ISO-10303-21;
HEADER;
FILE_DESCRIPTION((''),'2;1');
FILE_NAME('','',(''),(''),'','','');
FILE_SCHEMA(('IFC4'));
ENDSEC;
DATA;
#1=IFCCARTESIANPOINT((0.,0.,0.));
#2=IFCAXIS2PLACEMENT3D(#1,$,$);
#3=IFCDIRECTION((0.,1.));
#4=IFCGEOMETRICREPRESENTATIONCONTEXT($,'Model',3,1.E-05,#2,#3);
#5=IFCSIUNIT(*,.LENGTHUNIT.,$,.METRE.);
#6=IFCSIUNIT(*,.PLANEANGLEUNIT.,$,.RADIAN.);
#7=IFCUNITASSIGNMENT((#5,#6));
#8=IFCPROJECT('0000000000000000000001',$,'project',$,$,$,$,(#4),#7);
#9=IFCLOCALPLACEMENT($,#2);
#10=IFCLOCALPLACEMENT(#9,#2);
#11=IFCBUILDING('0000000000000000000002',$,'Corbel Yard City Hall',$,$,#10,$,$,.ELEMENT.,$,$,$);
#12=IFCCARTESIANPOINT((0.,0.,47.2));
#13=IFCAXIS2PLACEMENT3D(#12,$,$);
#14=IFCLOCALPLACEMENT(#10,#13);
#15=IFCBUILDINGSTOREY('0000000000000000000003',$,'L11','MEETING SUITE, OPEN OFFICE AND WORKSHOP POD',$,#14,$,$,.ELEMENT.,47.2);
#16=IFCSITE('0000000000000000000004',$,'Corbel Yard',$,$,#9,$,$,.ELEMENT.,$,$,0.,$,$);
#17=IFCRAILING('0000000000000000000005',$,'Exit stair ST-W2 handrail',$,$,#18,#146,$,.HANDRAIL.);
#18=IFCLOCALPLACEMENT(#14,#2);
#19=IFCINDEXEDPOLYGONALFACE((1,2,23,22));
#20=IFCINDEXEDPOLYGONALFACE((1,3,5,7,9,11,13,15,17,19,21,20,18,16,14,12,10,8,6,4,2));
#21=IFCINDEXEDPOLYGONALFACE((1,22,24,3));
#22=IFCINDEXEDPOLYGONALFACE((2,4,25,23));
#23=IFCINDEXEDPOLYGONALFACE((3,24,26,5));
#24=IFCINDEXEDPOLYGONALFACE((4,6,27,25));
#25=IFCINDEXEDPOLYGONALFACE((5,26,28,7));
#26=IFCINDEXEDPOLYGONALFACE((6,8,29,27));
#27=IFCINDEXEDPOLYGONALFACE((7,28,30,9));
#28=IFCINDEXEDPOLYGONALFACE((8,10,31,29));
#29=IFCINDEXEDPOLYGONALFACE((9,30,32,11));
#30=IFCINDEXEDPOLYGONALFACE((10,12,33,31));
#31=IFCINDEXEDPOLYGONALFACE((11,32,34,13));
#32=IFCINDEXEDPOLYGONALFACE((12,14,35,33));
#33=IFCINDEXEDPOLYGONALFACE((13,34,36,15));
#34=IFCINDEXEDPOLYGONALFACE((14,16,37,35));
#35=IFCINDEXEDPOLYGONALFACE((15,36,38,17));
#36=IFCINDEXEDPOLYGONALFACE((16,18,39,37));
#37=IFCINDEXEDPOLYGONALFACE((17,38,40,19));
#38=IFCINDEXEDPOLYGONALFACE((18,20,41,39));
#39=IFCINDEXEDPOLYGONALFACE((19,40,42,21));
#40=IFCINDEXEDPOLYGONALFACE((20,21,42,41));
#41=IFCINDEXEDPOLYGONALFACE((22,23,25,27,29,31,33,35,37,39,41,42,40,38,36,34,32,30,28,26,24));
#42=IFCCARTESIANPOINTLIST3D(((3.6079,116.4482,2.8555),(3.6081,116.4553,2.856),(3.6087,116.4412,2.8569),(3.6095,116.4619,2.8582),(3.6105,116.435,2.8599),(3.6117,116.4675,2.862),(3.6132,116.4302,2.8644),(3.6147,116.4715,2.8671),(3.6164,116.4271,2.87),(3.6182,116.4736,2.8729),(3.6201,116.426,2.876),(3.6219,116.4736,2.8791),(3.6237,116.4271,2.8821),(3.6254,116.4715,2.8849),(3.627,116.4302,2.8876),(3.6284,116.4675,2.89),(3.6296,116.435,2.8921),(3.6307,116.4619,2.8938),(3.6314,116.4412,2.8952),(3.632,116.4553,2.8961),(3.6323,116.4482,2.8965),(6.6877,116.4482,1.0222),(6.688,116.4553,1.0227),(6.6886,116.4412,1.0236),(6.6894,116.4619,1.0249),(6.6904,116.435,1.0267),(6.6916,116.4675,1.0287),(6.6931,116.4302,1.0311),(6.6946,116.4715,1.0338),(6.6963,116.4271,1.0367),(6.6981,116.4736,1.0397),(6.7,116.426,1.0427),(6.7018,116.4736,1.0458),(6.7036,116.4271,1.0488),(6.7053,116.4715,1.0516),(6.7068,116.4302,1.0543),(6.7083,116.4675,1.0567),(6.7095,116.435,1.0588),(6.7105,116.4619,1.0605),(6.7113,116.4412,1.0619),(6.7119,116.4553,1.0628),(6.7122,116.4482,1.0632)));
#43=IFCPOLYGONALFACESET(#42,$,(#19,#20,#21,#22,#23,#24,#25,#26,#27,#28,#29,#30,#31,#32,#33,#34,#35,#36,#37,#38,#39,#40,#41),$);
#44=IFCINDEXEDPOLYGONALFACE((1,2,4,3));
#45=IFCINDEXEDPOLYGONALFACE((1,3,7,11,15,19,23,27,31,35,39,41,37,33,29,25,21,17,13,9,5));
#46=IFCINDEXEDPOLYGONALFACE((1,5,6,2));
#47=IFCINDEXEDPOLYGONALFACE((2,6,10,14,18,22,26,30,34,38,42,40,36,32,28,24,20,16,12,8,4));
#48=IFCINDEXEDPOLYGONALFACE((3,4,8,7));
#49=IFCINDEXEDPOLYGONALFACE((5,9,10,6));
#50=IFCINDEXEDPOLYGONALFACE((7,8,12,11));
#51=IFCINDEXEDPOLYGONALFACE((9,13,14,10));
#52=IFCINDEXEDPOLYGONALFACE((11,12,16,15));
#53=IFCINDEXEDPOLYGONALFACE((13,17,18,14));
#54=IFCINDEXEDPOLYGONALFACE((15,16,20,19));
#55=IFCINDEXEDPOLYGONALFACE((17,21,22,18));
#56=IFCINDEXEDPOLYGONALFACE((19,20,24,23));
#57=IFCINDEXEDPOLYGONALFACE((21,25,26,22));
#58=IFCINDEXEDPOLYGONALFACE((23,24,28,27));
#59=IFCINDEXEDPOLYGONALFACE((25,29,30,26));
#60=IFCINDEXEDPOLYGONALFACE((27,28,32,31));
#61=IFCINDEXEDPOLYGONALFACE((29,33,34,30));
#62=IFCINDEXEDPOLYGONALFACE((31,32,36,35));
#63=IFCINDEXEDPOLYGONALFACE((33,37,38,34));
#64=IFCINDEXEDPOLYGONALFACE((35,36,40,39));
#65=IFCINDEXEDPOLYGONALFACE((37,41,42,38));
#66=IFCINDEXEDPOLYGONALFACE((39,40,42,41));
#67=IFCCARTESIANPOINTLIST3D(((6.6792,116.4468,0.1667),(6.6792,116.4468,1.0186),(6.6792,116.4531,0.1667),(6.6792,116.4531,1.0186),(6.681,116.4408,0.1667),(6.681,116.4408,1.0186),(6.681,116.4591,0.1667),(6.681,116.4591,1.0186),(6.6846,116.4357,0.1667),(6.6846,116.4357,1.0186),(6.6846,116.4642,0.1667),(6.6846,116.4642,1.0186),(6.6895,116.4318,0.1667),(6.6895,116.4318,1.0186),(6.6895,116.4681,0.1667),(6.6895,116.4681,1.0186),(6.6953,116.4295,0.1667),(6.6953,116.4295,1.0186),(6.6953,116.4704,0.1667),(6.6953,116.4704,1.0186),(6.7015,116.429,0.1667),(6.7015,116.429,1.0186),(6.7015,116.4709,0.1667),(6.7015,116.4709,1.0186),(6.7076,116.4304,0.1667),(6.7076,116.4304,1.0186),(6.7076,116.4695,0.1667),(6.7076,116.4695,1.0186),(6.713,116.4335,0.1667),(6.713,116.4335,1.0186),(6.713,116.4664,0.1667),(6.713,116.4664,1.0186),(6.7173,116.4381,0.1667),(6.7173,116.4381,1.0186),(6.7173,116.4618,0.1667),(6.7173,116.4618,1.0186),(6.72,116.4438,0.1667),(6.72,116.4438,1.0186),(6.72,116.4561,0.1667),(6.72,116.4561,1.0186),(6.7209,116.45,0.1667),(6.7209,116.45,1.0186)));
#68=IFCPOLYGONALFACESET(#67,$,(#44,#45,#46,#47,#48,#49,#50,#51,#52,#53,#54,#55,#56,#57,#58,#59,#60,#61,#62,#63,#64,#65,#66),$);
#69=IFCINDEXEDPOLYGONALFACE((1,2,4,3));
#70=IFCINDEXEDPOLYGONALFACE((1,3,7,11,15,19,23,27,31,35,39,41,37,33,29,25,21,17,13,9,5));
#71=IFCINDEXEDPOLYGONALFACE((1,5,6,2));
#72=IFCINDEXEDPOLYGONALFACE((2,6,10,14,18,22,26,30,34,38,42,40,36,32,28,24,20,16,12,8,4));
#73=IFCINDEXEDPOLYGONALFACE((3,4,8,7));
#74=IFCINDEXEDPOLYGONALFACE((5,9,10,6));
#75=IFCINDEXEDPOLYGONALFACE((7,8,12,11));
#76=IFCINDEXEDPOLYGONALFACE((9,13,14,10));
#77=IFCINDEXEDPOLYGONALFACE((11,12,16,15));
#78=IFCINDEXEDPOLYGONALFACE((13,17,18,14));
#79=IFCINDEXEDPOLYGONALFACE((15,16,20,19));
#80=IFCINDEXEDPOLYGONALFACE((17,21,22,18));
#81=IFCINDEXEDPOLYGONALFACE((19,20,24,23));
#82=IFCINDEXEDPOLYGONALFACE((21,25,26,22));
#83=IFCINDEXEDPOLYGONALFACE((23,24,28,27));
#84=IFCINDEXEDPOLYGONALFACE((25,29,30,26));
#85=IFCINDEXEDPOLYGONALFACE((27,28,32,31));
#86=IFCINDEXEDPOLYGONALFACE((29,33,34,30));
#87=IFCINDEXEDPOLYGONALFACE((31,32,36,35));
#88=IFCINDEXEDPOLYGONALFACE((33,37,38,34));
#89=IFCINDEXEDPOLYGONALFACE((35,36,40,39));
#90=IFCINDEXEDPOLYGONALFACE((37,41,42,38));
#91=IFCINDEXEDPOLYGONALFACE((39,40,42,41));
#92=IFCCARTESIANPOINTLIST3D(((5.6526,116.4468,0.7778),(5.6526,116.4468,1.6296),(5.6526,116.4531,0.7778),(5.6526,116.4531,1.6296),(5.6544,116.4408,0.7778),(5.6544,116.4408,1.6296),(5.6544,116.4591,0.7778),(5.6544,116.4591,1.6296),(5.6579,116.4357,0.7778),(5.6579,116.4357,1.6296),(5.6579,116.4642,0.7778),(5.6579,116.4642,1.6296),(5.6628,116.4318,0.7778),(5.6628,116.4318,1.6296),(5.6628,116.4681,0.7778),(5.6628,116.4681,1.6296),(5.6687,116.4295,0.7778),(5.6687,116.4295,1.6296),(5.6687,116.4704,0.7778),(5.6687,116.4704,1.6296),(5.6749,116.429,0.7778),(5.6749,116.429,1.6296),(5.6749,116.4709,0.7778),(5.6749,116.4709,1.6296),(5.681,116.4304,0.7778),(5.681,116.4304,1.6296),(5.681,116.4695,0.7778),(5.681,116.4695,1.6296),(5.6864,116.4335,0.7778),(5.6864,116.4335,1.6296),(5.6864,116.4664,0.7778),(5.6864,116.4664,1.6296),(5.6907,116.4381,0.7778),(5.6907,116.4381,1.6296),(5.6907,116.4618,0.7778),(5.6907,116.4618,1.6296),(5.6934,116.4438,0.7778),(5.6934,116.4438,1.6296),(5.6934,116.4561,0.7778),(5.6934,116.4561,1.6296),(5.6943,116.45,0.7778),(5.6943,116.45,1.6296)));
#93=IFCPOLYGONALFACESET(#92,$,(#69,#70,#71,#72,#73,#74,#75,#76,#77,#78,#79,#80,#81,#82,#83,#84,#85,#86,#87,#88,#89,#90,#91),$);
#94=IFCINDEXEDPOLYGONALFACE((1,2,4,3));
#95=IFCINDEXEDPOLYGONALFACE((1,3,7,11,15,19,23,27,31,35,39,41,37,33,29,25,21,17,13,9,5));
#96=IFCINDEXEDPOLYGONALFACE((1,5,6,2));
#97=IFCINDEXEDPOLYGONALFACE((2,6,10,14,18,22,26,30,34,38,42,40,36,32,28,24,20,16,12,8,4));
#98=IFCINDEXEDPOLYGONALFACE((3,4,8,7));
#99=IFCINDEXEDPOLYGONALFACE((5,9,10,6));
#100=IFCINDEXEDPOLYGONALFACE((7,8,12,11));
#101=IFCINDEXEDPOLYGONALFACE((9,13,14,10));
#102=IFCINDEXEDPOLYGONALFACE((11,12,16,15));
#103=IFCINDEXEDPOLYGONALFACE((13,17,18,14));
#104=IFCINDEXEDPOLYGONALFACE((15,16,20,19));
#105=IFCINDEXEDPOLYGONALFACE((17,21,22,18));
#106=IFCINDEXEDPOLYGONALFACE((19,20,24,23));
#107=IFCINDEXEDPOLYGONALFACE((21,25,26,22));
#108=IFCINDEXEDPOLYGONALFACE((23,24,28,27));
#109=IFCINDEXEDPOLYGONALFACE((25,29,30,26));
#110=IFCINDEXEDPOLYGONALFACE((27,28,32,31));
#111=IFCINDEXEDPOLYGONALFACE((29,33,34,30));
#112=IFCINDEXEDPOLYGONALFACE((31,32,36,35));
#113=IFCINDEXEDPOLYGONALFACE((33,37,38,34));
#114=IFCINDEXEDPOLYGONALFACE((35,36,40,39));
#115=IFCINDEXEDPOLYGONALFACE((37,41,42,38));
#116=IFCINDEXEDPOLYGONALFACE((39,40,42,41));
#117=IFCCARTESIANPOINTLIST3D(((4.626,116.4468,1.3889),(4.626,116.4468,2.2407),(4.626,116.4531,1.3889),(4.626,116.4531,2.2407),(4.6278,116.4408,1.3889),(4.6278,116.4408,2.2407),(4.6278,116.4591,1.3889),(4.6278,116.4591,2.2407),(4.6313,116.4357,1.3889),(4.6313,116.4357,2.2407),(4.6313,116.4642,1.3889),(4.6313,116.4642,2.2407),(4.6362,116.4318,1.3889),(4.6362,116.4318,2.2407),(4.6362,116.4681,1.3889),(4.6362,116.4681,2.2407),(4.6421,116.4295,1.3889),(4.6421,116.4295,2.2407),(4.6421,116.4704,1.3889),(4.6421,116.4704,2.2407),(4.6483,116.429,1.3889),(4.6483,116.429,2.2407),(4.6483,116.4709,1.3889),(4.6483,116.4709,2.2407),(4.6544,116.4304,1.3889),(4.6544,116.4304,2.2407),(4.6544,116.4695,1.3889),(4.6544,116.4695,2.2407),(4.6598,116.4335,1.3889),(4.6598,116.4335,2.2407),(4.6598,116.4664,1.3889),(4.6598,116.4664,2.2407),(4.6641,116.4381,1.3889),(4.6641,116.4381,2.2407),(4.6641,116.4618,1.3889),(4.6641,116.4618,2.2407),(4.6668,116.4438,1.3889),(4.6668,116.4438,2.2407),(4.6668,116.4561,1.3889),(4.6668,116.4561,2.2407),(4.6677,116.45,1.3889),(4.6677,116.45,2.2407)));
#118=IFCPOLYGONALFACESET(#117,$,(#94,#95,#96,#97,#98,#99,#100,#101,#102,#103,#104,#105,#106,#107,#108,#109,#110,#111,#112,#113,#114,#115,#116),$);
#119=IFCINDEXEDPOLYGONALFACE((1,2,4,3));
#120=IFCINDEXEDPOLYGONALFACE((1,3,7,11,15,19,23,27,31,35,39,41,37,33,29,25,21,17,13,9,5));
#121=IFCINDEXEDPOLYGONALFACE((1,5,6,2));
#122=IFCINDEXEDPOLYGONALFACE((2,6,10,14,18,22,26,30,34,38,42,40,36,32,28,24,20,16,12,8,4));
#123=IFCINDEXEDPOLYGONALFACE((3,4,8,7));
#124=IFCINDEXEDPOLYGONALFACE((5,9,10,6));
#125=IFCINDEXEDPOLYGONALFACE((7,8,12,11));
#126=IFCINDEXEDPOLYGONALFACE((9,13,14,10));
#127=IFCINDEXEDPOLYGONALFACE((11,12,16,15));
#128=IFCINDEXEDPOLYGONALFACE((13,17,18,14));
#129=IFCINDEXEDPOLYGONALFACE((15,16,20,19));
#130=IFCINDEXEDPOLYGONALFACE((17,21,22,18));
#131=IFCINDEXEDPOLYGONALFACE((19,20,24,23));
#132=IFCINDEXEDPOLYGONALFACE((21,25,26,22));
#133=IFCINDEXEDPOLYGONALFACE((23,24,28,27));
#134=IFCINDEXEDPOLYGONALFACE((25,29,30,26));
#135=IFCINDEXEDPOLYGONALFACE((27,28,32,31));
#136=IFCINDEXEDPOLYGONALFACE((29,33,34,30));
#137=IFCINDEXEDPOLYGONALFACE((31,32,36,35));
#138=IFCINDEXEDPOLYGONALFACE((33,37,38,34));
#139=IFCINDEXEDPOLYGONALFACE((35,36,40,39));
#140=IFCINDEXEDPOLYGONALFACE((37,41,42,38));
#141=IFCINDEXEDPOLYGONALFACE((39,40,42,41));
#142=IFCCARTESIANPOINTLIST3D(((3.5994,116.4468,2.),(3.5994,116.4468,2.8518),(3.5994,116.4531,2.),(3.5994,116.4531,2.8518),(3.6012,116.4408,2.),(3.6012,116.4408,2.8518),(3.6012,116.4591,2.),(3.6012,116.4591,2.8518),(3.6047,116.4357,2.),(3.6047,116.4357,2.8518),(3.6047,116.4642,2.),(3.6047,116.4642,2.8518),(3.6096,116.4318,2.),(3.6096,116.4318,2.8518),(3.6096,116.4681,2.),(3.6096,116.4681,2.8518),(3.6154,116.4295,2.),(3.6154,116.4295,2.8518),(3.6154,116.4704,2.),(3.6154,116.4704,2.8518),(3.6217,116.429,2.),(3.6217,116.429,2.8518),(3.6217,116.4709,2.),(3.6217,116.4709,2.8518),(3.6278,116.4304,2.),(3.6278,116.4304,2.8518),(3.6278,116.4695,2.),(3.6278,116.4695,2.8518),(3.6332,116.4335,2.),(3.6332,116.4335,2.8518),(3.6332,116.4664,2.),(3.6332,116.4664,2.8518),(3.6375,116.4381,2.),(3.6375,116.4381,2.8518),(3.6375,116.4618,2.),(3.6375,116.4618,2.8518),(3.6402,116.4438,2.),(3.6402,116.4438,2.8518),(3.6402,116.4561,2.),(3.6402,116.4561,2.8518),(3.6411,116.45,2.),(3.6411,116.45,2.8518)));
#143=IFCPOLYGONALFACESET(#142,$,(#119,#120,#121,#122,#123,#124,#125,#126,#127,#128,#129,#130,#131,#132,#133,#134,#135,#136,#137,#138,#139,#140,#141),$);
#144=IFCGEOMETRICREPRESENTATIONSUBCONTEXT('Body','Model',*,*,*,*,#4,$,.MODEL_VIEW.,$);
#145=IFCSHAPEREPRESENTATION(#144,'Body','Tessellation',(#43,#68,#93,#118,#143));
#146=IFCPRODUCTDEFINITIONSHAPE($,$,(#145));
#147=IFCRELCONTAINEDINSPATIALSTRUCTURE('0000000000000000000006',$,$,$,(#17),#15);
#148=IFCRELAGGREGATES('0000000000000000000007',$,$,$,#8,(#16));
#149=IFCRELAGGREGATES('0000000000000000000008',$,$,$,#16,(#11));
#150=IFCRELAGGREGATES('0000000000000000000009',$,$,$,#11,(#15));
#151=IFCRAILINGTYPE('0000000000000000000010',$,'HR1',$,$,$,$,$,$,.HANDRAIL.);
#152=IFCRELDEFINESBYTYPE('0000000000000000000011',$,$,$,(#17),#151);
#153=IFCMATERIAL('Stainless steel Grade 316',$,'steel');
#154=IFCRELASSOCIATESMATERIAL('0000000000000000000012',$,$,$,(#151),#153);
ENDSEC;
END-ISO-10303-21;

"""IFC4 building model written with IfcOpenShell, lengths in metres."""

from ifc_helpers import new_model, si_unit, direction, frame, origin, origin_2d, place, context, subcontext, project, spatial, circle, extrude, material, type_object, element, save


model = new_model("IFC4")

# Units and contexts
model_context = context("Model", 3, precision=1e-05, world=origin(), true_north=direction((0.0, 1.0)))
body_context = subcontext(model_context, "Body", "Model", "MODEL_VIEW")
ifc_project = project(units=[si_unit("LENGTHUNIT", "METRE"), si_unit("PLANEANGLEUNIT", "RADIAN")], contexts=[model_context])

# Site, building, storey
site_placement = place(None, origin())
site = spatial("IfcSite", under=ifc_project, at=site_placement, Name="Corbel Yard", CompositionType="ELEMENT", RefElevation=0.0)
building_placement = place(site_placement, origin())
building = spatial("IfcBuilding", under=site, at=building_placement, Name="Corbel Yard City Hall", CompositionType="ELEMENT")
storey_placement = place(building_placement, frame((0.0, 0.0, 47.2)))
storey = spatial("IfcBuildingStorey", under=building, at=storey_placement, Name="L11", Description="MEETING SUITE, OPEN OFFICE AND WORKSHOP POD", CompositionType="ELEMENT", Elevation=47.2)

# Railing
ifc_material_1 = material(Name="Stainless steel Grade 316", Category="steel")
railing_type = type_object("IfcRailingType", Name="HR1", PredefinedType="HANDRAIL", material=ifc_material_1)
for number, where, name in (
    (1, (6.7, 116.45, 0.1667), "Exit stair ST-W2 handrail"),
):
    element("IfcRailing", number, at=place(storey_placement, frame(where)), inside=storey, type_object=railing_type, Name=name, PredefinedType="HANDRAIL", context=body_context, shape_type="SweptSolid", body=[
        extrude(circle(Radius=0.0239, at=origin_2d()), frame((0.0, 0.0, 0.876), z_axis=(-0.859291, 0.0, 0.511487), x_axis=(0.0, -1.0, 0.0)), (0.0, 0.0, 1.0), 3.5842),
        extrude(circle(Radius=0.021, at=origin_2d()), origin(), (0.0, 0.0, 1.0), 0.8518),
        extrude(circle(Radius=0.021, at=origin_2d()), frame((-1.0266, 0.0, 0.6111)), (0.0, 0.0, 1.0), 0.8518),
        extrude(circle(Radius=0.021, at=origin_2d()), frame((-2.0532, 0.0, 1.2222)), (0.0, 0.0, 1.0), 0.8518),
        extrude(circle(Radius=0.021, at=origin_2d()), frame((-3.0798, 0.0, 1.8333)), (0.0, 0.0, 1.0), 0.8518),
    ])

save(model, "model.ifc")
